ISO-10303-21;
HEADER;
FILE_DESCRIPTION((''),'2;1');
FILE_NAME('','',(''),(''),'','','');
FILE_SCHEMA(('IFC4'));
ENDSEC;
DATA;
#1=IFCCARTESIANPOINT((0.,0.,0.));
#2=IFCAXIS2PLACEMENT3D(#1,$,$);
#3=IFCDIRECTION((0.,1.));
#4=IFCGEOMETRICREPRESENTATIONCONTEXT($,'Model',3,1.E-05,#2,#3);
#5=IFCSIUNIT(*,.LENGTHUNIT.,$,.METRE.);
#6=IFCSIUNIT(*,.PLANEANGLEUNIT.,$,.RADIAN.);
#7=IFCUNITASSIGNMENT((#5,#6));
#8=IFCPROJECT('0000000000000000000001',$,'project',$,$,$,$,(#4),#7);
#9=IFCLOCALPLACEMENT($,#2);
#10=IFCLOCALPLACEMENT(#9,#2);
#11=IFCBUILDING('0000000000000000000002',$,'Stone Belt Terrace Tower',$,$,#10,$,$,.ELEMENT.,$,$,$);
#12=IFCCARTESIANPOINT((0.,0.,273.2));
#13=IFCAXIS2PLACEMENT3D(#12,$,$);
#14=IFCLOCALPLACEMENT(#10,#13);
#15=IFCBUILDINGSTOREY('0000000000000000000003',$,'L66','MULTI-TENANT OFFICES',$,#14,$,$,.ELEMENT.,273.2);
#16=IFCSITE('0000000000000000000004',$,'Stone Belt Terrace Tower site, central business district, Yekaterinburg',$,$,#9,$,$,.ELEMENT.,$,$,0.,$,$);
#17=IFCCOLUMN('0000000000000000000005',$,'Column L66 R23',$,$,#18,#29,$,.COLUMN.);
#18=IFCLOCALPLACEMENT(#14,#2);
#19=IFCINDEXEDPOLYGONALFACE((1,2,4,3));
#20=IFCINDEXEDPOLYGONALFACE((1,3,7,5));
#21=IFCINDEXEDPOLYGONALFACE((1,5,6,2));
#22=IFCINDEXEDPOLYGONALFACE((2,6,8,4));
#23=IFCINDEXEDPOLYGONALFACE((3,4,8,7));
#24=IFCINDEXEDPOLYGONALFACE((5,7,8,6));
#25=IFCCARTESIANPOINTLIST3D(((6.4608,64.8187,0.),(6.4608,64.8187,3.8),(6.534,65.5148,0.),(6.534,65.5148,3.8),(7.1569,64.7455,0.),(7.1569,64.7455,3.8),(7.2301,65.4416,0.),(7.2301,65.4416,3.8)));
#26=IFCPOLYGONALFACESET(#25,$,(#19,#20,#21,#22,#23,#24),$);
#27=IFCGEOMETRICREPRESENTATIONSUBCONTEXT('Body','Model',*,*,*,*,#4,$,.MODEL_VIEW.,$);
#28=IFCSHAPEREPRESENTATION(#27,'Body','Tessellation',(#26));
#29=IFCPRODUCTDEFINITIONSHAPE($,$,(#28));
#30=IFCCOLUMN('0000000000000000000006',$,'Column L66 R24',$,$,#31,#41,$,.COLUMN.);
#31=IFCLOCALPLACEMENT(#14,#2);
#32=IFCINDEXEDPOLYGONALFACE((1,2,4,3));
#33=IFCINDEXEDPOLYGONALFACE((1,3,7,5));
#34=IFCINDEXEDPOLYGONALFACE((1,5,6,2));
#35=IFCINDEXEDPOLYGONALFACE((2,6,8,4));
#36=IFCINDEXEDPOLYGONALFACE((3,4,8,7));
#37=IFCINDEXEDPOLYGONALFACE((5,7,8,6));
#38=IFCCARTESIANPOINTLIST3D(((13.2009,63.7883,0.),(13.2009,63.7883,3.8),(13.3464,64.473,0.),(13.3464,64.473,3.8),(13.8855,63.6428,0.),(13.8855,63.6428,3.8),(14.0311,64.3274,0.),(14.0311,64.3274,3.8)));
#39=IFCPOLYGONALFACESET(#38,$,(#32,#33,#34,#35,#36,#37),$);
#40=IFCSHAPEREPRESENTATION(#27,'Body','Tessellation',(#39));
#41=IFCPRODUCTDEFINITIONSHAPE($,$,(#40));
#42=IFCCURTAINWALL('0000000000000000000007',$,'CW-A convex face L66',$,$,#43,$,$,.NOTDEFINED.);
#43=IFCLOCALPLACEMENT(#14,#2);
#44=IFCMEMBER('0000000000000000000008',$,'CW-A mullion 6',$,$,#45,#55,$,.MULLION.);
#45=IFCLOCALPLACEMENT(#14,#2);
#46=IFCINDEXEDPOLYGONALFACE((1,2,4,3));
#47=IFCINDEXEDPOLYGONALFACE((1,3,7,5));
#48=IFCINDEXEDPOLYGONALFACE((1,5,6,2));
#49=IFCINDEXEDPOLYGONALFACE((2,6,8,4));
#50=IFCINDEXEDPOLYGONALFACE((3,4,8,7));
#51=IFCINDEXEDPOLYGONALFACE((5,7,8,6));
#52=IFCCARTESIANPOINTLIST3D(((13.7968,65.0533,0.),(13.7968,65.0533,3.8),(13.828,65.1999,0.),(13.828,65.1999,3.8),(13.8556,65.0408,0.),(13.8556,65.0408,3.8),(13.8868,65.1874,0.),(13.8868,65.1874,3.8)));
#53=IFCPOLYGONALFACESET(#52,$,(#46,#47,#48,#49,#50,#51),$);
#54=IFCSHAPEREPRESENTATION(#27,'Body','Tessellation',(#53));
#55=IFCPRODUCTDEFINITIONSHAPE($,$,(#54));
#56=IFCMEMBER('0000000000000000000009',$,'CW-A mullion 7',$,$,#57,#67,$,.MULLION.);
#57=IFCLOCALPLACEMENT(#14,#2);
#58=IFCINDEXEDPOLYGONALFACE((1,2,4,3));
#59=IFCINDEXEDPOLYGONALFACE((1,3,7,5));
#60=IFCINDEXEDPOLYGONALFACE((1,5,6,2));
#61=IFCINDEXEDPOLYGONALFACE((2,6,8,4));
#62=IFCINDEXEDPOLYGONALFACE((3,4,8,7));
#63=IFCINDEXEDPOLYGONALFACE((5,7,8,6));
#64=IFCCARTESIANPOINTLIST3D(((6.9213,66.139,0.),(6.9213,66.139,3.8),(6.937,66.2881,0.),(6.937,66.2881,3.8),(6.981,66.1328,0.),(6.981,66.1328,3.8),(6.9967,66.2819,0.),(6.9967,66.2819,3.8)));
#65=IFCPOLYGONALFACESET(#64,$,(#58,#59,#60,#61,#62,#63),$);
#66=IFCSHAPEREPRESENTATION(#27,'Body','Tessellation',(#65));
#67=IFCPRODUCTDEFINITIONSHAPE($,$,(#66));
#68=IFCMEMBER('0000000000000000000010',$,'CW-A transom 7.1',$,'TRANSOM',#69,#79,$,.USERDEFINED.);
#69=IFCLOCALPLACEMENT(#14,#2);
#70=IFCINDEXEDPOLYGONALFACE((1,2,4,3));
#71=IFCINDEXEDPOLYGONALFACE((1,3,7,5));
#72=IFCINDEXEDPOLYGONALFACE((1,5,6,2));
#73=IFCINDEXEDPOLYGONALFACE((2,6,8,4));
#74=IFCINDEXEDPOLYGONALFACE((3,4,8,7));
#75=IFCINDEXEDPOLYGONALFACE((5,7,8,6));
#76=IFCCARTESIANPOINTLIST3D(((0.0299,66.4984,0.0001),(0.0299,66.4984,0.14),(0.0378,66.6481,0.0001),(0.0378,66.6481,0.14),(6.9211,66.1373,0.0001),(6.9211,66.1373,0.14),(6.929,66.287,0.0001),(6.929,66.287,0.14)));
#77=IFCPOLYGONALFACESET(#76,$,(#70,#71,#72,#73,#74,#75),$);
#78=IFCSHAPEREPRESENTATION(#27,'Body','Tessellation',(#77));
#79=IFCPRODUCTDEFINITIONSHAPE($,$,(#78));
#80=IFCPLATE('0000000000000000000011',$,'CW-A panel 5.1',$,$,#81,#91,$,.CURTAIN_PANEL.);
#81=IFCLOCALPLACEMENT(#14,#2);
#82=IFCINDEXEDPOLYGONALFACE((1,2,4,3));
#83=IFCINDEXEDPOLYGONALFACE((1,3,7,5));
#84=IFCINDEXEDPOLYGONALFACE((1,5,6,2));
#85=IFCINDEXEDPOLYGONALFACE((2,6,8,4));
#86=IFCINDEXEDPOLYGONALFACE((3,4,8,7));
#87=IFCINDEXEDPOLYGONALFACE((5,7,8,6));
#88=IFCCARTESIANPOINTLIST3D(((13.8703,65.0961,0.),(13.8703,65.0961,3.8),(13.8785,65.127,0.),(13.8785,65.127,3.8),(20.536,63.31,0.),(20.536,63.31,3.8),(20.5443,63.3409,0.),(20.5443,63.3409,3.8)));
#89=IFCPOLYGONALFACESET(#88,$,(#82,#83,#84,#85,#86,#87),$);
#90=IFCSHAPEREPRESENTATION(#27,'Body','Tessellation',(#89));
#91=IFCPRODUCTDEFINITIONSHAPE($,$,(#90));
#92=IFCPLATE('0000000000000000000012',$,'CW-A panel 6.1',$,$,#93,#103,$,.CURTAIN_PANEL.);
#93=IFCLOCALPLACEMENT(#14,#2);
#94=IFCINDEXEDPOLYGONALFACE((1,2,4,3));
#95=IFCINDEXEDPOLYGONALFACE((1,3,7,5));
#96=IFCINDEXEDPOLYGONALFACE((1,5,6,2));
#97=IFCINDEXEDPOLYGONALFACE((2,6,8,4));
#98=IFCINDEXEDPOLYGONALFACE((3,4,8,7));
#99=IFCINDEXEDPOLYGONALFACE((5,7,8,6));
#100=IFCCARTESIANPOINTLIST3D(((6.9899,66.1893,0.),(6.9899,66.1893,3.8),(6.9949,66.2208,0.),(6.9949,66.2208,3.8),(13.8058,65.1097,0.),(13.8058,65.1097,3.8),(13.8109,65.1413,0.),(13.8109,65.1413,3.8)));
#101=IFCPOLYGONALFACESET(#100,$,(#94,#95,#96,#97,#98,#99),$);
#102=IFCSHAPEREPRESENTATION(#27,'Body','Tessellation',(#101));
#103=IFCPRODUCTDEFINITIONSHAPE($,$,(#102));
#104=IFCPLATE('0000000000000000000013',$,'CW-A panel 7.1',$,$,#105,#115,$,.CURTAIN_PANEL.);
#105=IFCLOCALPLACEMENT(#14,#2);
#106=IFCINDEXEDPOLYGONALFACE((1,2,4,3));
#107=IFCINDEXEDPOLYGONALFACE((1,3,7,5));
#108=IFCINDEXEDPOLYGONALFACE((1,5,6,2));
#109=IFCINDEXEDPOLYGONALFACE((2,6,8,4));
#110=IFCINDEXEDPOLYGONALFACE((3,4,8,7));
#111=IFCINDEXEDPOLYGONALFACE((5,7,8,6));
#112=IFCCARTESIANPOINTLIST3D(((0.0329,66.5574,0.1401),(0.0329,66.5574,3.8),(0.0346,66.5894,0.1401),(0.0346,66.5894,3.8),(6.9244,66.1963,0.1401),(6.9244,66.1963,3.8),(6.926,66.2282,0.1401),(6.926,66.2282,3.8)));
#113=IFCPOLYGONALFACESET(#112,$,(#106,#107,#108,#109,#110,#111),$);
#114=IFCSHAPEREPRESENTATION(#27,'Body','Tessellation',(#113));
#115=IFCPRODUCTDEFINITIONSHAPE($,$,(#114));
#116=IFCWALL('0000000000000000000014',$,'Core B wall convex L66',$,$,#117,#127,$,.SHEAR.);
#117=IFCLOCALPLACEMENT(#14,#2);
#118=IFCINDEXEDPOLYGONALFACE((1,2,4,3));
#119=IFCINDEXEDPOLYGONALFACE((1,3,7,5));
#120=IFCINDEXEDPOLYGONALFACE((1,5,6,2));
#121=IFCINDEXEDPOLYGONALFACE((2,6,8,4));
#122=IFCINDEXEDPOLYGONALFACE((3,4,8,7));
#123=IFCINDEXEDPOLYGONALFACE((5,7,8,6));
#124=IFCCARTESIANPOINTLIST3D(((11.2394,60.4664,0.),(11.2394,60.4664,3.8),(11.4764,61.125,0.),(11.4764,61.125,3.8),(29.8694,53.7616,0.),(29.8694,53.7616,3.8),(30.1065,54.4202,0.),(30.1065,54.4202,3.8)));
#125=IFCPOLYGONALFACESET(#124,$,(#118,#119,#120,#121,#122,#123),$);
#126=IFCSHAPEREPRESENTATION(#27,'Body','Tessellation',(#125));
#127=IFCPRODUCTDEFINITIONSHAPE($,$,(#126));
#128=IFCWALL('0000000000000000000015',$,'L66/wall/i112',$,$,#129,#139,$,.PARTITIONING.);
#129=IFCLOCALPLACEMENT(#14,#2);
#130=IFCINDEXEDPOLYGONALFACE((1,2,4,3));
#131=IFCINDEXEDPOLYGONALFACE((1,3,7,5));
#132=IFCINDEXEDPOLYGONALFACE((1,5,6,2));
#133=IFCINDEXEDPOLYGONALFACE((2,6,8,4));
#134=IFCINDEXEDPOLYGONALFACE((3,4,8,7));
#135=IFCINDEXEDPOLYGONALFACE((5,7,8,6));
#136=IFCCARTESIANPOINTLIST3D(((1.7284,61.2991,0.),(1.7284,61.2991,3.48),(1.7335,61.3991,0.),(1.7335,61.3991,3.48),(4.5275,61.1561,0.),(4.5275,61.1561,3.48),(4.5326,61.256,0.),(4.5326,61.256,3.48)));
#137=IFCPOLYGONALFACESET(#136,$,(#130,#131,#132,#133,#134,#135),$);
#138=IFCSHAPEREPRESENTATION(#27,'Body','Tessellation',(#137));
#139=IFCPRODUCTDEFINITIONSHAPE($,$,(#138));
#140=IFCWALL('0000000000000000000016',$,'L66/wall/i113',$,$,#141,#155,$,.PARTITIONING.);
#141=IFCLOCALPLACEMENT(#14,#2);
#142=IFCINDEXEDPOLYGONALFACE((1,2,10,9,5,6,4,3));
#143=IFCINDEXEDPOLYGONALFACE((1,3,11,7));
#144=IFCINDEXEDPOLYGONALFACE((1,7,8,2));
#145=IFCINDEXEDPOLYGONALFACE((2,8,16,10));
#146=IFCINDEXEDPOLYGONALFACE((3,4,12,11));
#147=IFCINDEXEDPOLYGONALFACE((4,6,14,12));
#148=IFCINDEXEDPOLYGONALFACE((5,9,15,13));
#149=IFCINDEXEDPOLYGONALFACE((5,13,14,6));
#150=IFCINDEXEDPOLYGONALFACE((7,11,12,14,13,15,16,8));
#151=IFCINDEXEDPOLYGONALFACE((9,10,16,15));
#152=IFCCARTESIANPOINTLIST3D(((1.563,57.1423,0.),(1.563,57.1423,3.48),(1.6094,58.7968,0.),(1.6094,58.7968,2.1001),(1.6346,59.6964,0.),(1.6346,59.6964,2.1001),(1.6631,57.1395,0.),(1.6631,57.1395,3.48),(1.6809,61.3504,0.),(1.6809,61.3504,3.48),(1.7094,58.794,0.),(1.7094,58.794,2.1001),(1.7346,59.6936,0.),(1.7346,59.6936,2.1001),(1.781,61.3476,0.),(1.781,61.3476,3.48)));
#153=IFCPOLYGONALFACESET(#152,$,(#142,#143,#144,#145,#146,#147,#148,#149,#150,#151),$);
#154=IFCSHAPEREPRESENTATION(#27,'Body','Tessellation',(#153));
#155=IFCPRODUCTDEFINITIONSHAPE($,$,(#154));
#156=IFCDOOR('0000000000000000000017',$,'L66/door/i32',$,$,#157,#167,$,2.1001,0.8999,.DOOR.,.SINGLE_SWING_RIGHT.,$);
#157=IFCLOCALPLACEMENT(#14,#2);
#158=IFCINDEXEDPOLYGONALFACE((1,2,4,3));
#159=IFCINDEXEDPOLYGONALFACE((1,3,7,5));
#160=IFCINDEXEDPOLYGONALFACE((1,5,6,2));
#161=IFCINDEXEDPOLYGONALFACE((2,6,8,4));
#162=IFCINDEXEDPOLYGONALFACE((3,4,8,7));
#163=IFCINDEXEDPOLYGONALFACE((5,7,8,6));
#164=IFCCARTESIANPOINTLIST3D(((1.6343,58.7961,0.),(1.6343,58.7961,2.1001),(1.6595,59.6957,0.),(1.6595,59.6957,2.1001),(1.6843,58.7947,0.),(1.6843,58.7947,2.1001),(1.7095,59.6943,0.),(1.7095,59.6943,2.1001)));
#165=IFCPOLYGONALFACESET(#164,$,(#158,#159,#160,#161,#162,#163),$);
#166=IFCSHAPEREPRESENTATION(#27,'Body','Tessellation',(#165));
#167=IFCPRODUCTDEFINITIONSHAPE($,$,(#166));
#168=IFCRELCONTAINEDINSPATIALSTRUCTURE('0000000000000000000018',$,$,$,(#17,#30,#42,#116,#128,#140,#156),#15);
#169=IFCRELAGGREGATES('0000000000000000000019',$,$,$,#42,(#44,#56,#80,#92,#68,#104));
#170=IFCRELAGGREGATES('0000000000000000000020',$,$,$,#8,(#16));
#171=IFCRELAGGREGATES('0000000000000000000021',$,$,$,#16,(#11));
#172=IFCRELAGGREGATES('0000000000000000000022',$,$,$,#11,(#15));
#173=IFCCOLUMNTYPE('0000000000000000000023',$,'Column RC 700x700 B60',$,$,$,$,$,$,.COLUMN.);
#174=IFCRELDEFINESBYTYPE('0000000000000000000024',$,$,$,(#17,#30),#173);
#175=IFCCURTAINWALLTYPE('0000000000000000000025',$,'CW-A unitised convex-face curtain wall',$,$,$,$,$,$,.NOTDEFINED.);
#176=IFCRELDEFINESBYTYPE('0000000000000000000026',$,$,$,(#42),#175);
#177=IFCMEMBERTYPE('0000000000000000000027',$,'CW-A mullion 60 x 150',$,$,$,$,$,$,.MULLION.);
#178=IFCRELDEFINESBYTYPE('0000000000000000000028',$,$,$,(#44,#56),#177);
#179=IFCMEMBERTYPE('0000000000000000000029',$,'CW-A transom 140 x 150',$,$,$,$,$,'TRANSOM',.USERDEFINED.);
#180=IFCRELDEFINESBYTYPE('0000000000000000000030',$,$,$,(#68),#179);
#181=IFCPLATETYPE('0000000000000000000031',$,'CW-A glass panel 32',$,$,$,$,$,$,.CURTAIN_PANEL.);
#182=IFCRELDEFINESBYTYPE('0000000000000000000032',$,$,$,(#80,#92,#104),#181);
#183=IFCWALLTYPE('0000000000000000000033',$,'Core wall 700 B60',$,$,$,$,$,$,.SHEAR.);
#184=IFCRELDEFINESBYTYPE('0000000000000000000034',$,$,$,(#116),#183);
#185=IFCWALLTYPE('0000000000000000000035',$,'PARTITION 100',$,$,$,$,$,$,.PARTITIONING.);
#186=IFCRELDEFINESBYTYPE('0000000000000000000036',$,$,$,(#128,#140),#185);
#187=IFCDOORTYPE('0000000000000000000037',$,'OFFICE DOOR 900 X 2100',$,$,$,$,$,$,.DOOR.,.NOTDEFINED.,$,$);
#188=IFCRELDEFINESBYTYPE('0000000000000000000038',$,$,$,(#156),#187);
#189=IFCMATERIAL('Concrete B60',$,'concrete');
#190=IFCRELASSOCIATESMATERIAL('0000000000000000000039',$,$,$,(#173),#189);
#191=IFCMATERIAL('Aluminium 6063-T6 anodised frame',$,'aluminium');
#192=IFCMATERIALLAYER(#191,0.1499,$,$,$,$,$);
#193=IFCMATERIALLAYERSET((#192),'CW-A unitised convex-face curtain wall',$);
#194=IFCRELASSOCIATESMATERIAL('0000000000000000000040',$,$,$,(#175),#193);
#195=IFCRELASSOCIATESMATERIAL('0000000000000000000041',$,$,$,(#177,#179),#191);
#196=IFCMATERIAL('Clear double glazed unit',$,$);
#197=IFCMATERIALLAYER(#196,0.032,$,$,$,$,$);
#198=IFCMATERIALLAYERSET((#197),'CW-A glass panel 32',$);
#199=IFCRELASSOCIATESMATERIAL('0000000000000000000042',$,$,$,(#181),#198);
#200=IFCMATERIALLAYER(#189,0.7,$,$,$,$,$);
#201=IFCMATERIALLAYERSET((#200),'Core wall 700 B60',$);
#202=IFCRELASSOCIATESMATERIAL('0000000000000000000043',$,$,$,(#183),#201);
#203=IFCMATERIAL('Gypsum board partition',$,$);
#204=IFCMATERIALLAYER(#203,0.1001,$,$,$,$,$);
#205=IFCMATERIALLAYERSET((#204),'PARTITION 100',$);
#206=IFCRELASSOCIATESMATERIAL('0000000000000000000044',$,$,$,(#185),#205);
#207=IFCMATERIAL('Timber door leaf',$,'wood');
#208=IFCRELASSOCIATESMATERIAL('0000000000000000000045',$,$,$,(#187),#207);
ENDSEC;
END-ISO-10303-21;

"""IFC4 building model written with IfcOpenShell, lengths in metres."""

from ifc_helpers import new_model, si_unit, direction, frame, frame_2d, origin, origin_2d, place, context, subcontext, project, spatial, rectangle, extrude, material, layer, layer_set, material_profile, profile_set, type_object, element, fill, aggregate, save


model = new_model("IFC4")

# Units and contexts
model_context = context("Model", 3, precision=1e-05, world=origin(), true_north=direction((0.0, 1.0)))
body_context = subcontext(model_context, "Body", "Model", "MODEL_VIEW")
ifc_project = project(units=[si_unit("LENGTHUNIT", "METRE"), si_unit("PLANEANGLEUNIT", "RADIAN")], contexts=[model_context])

# Site, building, storey
site_placement = place(None, origin())
site = spatial("IfcSite", under=ifc_project, at=site_placement, Name="Stone Belt Terrace Tower site, central business district, Yekaterinburg", CompositionType="ELEMENT", RefElevation=0.0)
building_placement = place(site_placement, origin())
building = spatial("IfcBuilding", under=site, at=building_placement, Name="Stone Belt Terrace Tower", CompositionType="ELEMENT")
storey_placement = place(building_placement, frame((0.0, 0.0, 273.2)))
storey = spatial("IfcBuildingStorey", under=building, at=storey_placement, Name="L66", Description="MULTI-TENANT OFFICES", CompositionType="ELEMENT", Elevation=273.2)

# Columns
ifc_material_1 = material(Name="Concrete B60", Category="concrete")
ifc_material_profile_1 = material_profile(ifc_material_1, rectangle(XDim=0.7, YDim=0.7, at=origin_2d()), Name="RC 700x700")
ifc_profile_set_1 = profile_set([ifc_material_profile_1], Name="Concrete B60")
column_type = type_object("IfcColumnType", Name="Column RC 700x700 B60", PredefinedType="COLUMN", material=ifc_profile_set_1)
for number, where, z_axis, x_axis, name in (
    (1, (6.8455, 65.1301, 0.0), (0.0, 0.0, 1.0), (0.994522, -0.104528, 0.0), "Column L66 R23"),
    (2, (13.616, 64.0579, 0.0), (0.0, 0.0, 1.0), (0.978148, -0.207912, 0.0), "Column L66 R24"),
):
    element("IfcColumn", number, at=place(storey_placement, frame(where, z_axis=z_axis, x_axis=x_axis)), inside=storey, type_object=column_type, Name=name, PredefinedType="COLUMN", context=body_context, shape_type="SweptSolid", body=[
        extrude(rectangle(XDim=0.7, YDim=0.7, at=origin_2d()), origin(), (0.0, 0.0, 1.0), 3.8),
    ])

# Curtain wall, members, plates
ifc_material_2 = material(Name="Aluminium 6063-T6 anodised frame", Category="aluminium")
ifc_layer_1 = layer(ifc_material_2, 0.1499)
ifc_layer_set_1 = layer_set([ifc_layer_1], Name="CW-A unitised convex-face curtain wall")
curtain_wall_type = type_object("IfcCurtainWallType", Name="CW-A unitised convex-face curtain wall", PredefinedType="NOTDEFINED", material=ifc_layer_set_1)
curtain_wall_placement = place(storey_placement, origin())
curtain_wall = element("IfcCurtainWall", 3, at=curtain_wall_placement, inside=storey, type_object=curtain_wall_type, Name="CW-A convex face L66", PredefinedType="NOTDEFINED")
ifc_material_profile_2 = material_profile(ifc_material_2, rectangle(XDim=0.1499, YDim=0.0601, at=origin_2d()), Name="Aluminium 6063-T6 60x150")
ifc_profile_set_2 = profile_set([ifc_material_profile_2], Name="Aluminium 6063-T6 anodised frame")
member_type_1 = type_object("IfcMemberType", Name="CW-A mullion 60 x 150", PredefinedType="MULLION", material=ifc_profile_set_2)
member_1_placement = place(storey_placement, frame((13.8418, 65.1204, 0.0), z_axis=(0.0, 0.0, 1.0), x_axis=(-0.207912, -0.978148, 0.0)))
member_1 = element("IfcMember", 4, at=member_1_placement, type_object=member_type_1, Name="CW-A mullion 6", PredefinedType="MULLION", context=body_context, shape_type="SweptSolid", body=[
    extrude(rectangle(XDim=0.1499, YDim=0.0601, at=origin_2d()), origin(), (0.0, 0.0, 1.0), 3.8),
])
member_2_placement = place(storey_placement, frame((6.959, 66.2104, 0.0), z_axis=(0.0, 0.0, 1.0), x_axis=(-0.104528, -0.994522, 0.0)))
member_2 = element("IfcMember", 5, at=member_2_placement, type_object=member_type_1, Name="CW-A mullion 7", PredefinedType="MULLION", context=body_context, shape_type="SweptSolid", body=[
    extrude(rectangle(XDim=0.1499, YDim=0.0601, at=origin_2d()), origin(), (0.0, 0.0, 1.0), 3.8),
])
ifc_material_profile_3 = material_profile(ifc_material_2, rectangle(XDim=0.1499, YDim=0.1399, at=origin_2d()), Name="Aluminium 6063-T6 150x140")
ifc_profile_set_3 = profile_set([ifc_material_profile_3], Name="Aluminium 6063-T6 anodised frame")
member_type_2 = type_object("IfcMemberType", Name="CW-A transom 140 x 150", ElementType="TRANSOM", PredefinedType="USERDEFINED", material=ifc_profile_set_3)
member_3_placement = place(storey_placement, frame((6.925, 66.2122, 0.0701), z_axis=(-0.99863, 0.052327, 0.0), x_axis=(-0.052327, -0.99863, 0.0)))
member_3 = element("IfcMember", 6, at=member_3_placement, type_object=member_type_2, Name="CW-A transom 7.1", ObjectType="TRANSOM", PredefinedType="USERDEFINED", context=body_context, shape_type="SweptSolid", body=[
    extrude(rectangle(XDim=0.1499, YDim=0.1399, at=origin_2d()), origin(), (0.0, 0.0, 1.0), 6.9006),
])
ifc_material_3 = material(Name="Clear double glazed unit")
ifc_layer_2 = layer(ifc_material_3, 0.032)
ifc_layer_set_2 = layer_set([ifc_layer_2], Name="CW-A glass panel 32")
plate_type = type_object("IfcPlateType", Name="CW-A glass panel 32", PredefinedType="CURTAIN_PANEL", material=ifc_layer_set_2)
plate_1_placement = place(storey_placement, frame((17.2073, 64.2185, 0.0), z_axis=(0.0, 0.0, 1.0), x_axis=(-0.965926, 0.258819, 0.0)))
plate_1 = element("IfcPlate", 7, at=plate_1_placement, type_object=plate_type, Name="CW-A panel 5.1", PredefinedType="CURTAIN_PANEL", context=body_context, shape_type="SweptSolid", body=[
    extrude(rectangle(XDim=6.9009, YDim=0.032, at=origin_2d()), origin(), (0.0, 0.0, 1.0), 3.8),
])
plate_2_placement = place(storey_placement, frame((10.4004, 65.6653, 0.0), z_axis=(0.0, 0.0, 1.0), x_axis=(-0.987688, 0.156434, 0.0)))
plate_2 = element("IfcPlate", 8, at=plate_2_placement, type_object=plate_type, Name="CW-A panel 6.1", PredefinedType="CURTAIN_PANEL", context=body_context, shape_type="SweptSolid", body=[
    extrude(rectangle(XDim=6.9009, YDim=0.032, at=origin_2d()), origin(), (0.0, 0.0, 1.0), 3.8),
])
plate_3_placement = place(storey_placement, frame((3.4795, 66.3928, 0.1401), z_axis=(0.0, 0.0, 1.0), x_axis=(-0.99863, 0.052336, 0.0)))
plate_3 = element("IfcPlate", 9, at=plate_3_placement, type_object=plate_type, Name="CW-A panel 7.1", PredefinedType="CURTAIN_PANEL", context=body_context, shape_type="SweptSolid", body=[
    extrude(rectangle(XDim=6.9009, YDim=0.032, at=origin_2d()), origin(), (0.0, 0.0, 1.0), 3.6599),
])
aggregate(curtain_wall, [member_1, member_2, plate_1, plate_2, member_3, plate_3])

# Walls
ifc_layer_3 = layer(ifc_material_1, 0.7)
ifc_layer_set_3 = layer_set([ifc_layer_3], Name="Core wall 700 B60")
wall_type_1 = type_object("IfcWallType", Name="Core wall 700 B60", PredefinedType="SHEAR", material=ifc_layer_set_3)
wall_1_placement = place(storey_placement, frame((11.3579, 60.7957, 0.0), z_axis=(0.0, 0.0, 1.0), x_axis=(0.94092, -0.33863, 0.0)))
element("IfcWall", 10, at=wall_1_placement, inside=storey, type_object=wall_type_1, Name="Core B wall convex L66", PredefinedType="SHEAR", context=body_context, shape_type="SweptSolid", body=[
    extrude(rectangle(XDim=19.7998, YDim=0.7, at=frame_2d((9.8999, 0.0))), origin(), (0.0, 0.0, 1.0), 3.8),
])
ifc_material_4 = material(Name="Gypsum board partition")
ifc_layer_4 = layer(ifc_material_4, 0.1001)
ifc_layer_set_4 = layer_set([ifc_layer_4], Name="PARTITION 100")
wall_type_2 = type_object("IfcWallType", Name="PARTITION 100", PredefinedType="PARTITIONING", material=ifc_layer_set_4)
wall_2_placement = place(storey_placement, frame((4.53, 61.2061, 0.0), z_axis=(0.0, 0.0, 1.0), x_axis=(-0.998696, 0.051045, 0.0)))
element("IfcWall", 11, at=wall_2_placement, inside=storey, type_object=wall_type_2, Name="L66/wall/i112", PredefinedType="PARTITIONING", context=body_context, shape_type="SweptSolid", body=[
    extrude(rectangle(XDim=2.8027, YDim=0.1001, at=frame_2d((1.4014, 0.0))), origin(), (0.0, 0.0, 1.0), 3.48),
])

# Wall, opening, door
wall_3_placement = place(storey_placement, frame((1.731, 61.3491, 0.0), z_axis=(0.0, 0.0, 1.0), x_axis=(-0.028012, -0.999608, 0.0)))
wall_3 = element("IfcWall", 12, at=wall_3_placement, inside=storey, type_object=wall_type_2, Name="L66/wall/i113", PredefinedType="PARTITIONING", context=body_context, shape_type="SweptSolid", body=[
    extrude(rectangle(XDim=4.2097, YDim=0.1001, at=frame_2d((2.105, 0.0))), origin(), (0.0, 0.0, 1.0), 3.48),
])
opening_1_placement = place(wall_3_placement, frame((1.6548, 0.0, 0.0)))
opening_1 = element("IfcOpeningElement", 13, at=opening_1_placement, cuts=wall_3, PredefinedType="OPENING", context=body_context, shape_type="SweptSolid", body=[
    extrude(rectangle(XDim=0.8999, YDim=2.1001, at=frame_2d((0.45, 1.05))), frame((0.0, 0.0601, 0.0), z_axis=(0.0, -1.0, 0.0), x_axis=(1.0, 0.0, 0.0)), (0.0, 0.0, 1.0), 0.1201),
])
ifc_material_5 = material(Name="Timber door leaf", Category="wood")
door_type = type_object("IfcDoorType", Name="OFFICE DOOR 900 X 2100", OperationType="NOTDEFINED", PredefinedType="DOOR", material=ifc_material_5)
door_1_placement = place(opening_1_placement, origin())
door_1 = element("IfcDoor", 14, at=door_1_placement, inside=storey, type_object=door_type, Name="L66/door/i32", OperationType="SINGLE_SWING_RIGHT", OverallHeight=2.1001, OverallWidth=0.8999, PredefinedType="DOOR", context=body_context, shape_type="SweptSolid", body=[
    extrude(rectangle(XDim=0.8999, YDim=2.1001, at=frame_2d((0.45, 1.05))), frame((0.0, 0.0249, 0.0), z_axis=(0.0, -1.0, 0.0), x_axis=(1.0, 0.0, 0.0)), (0.0, 0.0, 1.0), 0.05),
])
fill(opening_1, door_1)

save(model, "model.ifc")
